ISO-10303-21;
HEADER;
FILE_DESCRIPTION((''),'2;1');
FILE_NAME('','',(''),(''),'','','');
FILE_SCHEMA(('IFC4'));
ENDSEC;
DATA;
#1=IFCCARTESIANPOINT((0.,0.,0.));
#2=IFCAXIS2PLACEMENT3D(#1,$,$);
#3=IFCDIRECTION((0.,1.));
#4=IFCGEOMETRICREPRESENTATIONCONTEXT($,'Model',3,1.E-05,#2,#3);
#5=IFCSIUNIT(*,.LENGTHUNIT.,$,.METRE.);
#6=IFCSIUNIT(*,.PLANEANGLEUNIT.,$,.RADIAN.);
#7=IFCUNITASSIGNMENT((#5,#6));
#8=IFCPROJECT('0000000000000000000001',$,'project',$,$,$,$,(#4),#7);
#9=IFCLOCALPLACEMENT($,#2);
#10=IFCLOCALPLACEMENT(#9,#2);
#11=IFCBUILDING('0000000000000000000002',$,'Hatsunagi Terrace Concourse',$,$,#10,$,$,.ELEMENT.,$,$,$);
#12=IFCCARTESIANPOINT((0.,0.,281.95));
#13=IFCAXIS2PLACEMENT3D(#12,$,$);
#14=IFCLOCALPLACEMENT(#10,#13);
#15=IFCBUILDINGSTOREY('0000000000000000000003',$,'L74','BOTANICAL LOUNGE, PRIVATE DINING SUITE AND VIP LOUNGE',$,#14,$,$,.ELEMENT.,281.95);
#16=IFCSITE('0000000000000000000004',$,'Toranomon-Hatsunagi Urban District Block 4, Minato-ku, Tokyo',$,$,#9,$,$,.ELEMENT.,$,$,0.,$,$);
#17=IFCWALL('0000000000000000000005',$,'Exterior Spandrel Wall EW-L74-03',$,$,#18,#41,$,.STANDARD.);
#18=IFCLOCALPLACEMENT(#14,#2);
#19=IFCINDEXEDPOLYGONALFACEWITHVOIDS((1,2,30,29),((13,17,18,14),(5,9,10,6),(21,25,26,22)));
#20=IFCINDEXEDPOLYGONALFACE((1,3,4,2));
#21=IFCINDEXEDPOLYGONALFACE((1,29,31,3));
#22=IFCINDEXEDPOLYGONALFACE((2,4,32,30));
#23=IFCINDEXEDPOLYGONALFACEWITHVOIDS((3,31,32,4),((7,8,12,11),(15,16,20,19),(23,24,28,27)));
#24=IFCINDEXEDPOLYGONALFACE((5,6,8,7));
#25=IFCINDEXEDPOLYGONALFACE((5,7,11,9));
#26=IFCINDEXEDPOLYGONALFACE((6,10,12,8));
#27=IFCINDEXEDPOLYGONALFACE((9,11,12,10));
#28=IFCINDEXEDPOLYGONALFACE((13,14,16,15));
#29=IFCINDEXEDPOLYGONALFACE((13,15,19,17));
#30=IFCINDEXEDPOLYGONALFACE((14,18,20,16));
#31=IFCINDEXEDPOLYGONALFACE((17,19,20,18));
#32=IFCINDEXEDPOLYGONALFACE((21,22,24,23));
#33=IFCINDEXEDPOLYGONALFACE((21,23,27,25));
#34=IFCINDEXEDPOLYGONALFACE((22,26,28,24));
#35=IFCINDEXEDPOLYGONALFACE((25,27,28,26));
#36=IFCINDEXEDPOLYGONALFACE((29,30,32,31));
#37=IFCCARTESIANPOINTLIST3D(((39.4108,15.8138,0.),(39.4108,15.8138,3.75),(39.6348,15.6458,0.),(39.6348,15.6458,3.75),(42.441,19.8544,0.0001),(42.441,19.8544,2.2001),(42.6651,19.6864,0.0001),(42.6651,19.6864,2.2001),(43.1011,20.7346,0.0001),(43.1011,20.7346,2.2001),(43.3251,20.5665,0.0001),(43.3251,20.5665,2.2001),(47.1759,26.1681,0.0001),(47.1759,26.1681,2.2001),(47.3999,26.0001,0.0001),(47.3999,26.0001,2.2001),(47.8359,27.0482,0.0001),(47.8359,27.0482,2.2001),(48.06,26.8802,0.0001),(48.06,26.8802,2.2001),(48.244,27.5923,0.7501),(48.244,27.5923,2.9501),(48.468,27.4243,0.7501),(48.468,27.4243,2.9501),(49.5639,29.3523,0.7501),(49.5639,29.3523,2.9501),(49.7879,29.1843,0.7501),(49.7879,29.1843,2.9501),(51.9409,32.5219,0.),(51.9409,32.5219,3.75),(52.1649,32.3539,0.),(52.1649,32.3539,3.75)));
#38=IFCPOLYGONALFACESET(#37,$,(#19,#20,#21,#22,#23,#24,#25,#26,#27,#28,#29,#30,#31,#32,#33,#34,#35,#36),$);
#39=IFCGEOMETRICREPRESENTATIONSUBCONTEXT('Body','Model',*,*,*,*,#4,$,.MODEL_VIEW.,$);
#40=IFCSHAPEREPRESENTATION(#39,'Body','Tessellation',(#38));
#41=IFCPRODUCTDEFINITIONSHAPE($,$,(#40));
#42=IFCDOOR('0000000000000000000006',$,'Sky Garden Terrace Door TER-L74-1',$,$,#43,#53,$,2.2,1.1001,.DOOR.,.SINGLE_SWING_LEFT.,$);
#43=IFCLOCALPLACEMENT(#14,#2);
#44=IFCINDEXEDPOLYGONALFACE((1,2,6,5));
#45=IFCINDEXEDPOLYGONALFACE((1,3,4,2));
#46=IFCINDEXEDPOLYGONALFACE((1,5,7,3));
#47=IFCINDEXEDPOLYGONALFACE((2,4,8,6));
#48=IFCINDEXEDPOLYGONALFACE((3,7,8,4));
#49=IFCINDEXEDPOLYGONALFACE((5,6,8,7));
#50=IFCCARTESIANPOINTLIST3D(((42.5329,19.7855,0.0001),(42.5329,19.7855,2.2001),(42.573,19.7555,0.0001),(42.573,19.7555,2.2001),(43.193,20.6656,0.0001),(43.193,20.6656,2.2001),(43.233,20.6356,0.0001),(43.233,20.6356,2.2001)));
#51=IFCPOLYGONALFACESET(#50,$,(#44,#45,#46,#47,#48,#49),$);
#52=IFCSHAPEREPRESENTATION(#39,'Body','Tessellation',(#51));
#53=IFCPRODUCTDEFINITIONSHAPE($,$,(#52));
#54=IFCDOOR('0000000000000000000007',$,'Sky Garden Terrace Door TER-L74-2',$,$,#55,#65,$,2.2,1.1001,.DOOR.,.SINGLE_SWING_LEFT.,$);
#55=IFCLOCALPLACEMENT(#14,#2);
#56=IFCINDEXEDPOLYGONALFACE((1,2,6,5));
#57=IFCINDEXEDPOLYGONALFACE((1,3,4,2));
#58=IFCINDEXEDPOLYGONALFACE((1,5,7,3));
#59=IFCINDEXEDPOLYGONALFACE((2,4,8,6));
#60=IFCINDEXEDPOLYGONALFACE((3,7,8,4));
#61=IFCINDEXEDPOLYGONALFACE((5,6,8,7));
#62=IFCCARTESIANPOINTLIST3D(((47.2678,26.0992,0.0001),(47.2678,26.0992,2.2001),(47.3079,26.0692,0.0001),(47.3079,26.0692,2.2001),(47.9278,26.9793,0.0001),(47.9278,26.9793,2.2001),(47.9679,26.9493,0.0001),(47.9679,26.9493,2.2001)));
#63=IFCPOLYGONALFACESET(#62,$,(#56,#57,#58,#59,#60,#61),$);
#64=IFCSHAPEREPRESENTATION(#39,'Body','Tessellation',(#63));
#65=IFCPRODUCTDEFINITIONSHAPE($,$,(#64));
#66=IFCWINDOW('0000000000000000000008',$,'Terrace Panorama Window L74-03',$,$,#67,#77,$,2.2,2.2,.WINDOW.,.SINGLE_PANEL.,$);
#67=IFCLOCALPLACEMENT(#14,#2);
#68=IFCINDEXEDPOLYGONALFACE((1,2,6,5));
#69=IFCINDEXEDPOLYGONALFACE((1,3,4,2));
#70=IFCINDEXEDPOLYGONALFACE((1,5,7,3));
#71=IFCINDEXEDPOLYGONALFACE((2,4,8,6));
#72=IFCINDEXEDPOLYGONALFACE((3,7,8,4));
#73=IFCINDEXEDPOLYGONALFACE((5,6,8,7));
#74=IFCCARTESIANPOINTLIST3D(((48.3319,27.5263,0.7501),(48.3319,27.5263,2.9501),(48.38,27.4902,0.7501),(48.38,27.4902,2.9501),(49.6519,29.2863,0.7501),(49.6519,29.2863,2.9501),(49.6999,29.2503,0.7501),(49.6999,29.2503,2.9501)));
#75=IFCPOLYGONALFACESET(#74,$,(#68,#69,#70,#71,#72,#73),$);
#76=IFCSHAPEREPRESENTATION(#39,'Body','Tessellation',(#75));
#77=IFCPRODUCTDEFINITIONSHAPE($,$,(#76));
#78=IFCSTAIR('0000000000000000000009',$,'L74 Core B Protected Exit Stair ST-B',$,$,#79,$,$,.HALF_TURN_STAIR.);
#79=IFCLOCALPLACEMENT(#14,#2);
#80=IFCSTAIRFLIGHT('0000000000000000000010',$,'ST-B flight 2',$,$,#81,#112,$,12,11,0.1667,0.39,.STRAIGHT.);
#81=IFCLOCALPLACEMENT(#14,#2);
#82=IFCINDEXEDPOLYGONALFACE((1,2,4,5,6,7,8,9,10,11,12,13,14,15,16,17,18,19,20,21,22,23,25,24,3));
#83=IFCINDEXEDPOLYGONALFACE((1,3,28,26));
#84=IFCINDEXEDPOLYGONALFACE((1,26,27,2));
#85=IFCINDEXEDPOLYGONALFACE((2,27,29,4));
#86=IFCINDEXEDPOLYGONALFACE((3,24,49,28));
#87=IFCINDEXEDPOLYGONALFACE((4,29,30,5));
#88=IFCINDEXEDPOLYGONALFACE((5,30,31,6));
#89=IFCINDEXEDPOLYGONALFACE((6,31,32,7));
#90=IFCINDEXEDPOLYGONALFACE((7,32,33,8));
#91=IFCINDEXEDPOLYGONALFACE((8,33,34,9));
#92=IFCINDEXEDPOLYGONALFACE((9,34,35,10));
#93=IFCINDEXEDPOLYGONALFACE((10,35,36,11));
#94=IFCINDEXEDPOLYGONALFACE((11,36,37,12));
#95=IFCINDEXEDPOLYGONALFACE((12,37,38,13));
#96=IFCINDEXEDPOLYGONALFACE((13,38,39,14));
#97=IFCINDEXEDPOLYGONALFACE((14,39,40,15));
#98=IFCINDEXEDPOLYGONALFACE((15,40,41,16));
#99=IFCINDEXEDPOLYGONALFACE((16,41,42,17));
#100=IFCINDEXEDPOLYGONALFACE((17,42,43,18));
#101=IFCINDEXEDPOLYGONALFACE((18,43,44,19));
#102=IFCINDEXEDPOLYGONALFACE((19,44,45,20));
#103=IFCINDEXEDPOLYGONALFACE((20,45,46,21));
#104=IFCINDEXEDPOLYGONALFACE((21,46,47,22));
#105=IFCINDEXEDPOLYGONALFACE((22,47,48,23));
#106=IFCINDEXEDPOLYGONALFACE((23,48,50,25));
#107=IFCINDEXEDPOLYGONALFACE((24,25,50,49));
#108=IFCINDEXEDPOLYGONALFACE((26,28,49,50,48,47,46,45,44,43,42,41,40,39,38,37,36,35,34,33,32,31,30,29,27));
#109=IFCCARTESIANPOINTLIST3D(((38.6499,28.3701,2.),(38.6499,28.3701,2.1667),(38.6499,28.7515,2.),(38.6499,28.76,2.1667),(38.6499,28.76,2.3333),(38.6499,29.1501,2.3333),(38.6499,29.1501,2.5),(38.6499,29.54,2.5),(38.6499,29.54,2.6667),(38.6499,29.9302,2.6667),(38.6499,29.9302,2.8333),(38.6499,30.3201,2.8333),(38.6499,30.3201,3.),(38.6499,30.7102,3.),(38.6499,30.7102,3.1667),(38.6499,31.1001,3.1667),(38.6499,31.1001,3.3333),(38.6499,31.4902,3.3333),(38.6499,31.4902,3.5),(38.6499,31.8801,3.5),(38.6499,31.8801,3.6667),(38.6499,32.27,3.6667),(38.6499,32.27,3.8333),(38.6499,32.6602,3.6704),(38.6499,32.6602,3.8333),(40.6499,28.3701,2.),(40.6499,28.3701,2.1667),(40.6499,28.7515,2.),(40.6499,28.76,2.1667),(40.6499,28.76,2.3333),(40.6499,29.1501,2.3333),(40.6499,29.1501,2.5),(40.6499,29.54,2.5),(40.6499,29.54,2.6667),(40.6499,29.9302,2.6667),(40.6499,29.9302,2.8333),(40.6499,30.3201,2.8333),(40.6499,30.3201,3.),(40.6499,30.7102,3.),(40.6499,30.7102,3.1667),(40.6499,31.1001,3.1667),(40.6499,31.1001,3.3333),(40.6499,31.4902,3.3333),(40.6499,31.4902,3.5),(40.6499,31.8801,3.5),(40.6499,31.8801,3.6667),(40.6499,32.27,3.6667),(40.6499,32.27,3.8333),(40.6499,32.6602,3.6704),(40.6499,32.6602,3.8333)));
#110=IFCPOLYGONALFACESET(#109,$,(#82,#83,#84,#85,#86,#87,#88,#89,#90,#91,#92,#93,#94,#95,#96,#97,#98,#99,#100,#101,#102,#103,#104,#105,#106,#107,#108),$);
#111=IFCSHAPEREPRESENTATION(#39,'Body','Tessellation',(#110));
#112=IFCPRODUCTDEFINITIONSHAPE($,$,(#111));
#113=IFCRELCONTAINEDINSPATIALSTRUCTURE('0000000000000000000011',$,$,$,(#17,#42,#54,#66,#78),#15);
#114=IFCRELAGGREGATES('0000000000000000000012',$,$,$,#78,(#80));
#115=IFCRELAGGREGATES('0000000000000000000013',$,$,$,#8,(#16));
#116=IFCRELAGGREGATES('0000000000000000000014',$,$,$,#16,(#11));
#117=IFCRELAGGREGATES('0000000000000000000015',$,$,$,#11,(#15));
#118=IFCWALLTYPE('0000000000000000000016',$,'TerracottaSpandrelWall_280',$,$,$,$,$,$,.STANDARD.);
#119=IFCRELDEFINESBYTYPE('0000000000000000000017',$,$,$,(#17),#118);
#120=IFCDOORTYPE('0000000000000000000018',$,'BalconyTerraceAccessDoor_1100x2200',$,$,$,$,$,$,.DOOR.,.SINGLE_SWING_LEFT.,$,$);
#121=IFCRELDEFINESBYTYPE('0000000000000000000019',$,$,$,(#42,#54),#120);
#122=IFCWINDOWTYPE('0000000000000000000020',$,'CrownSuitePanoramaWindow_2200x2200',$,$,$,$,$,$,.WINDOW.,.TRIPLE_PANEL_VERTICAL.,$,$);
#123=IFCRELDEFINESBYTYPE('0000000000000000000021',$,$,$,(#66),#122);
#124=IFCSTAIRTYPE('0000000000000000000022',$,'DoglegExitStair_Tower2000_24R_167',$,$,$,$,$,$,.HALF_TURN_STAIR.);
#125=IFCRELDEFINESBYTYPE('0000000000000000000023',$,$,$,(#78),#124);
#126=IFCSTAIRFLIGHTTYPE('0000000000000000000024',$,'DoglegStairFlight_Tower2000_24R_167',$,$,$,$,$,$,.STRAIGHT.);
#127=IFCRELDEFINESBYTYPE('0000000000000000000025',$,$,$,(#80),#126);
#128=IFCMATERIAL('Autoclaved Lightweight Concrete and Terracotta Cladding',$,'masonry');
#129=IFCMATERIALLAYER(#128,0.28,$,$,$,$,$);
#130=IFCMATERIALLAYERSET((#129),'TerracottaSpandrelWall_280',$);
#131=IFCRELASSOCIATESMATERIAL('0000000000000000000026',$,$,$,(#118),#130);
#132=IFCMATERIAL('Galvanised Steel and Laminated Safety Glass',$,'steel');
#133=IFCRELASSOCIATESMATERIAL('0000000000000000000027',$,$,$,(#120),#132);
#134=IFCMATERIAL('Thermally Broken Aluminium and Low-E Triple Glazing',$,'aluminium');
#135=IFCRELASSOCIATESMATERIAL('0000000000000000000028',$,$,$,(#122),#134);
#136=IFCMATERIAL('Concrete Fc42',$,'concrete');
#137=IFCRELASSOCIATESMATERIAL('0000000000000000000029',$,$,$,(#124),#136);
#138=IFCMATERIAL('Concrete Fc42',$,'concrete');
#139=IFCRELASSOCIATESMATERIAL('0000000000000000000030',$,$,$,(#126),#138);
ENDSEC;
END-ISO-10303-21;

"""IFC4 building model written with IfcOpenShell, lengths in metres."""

from ifc_helpers import new_model, si_unit, direction, frame, frame_2d, origin, place, context, subcontext, project, spatial, polyline, rectangle, outline, extrude, material, layer, layer_set, type_object, element, fill, aggregate, save


model = new_model("IFC4")

# Units and contexts
model_context = context("Model", 3, precision=1e-05, world=origin(), true_north=direction((0.0, 1.0)))
body_context = subcontext(model_context, "Body", "Model", "MODEL_VIEW")
ifc_project = project(units=[si_unit("LENGTHUNIT", "METRE"), si_unit("PLANEANGLEUNIT", "RADIAN")], contexts=[model_context])

# Site, building, storey
site_placement = place(None, origin())
site = spatial("IfcSite", under=ifc_project, at=site_placement, Name="Toranomon-Hatsunagi Urban District Block 4, Minato-ku, Tokyo", CompositionType="ELEMENT", RefElevation=0.0)
building_placement = place(site_placement, origin())
building = spatial("IfcBuilding", under=site, at=building_placement, Name="Hatsunagi Terrace Concourse", CompositionType="ELEMENT")
storey_placement = place(building_placement, frame((0.0, 0.0, 281.95)))
storey = spatial("IfcBuildingStorey", under=building, at=storey_placement, Name="L74", Description="BOTANICAL LOUNGE, PRIVATE DINING SUITE AND VIP LOUNGE", CompositionType="ELEMENT", Elevation=281.95)

# Wall, openings, doors, window
ifc_material_1 = material(Name="Autoclaved Lightweight Concrete and Terracotta Cladding", Category="masonry")
ifc_layer_1 = layer(ifc_material_1, 0.28)
ifc_layer_set_1 = layer_set([ifc_layer_1], Name="TerracottaSpandrelWall_280")
wall_type_1 = type_object("IfcWallType", Name="TerracottaSpandrelWall_280", PredefinedType="STANDARD", material=ifc_layer_set_1)
wall_1_placement = place(storey_placement, frame((52.053, 32.438, 0.0), z_axis=(0.0, 0.0, 1.0), x_axis=(-0.59997, -0.800022, 0.0)))
wall_1 = element("IfcWall", 1, at=wall_1_placement, inside=storey, type_object=wall_type_1, Name="Exterior Spandrel Wall EW-L74-03", PredefinedType="STANDARD", context=body_context, shape_type="SweptSolid", body=[
    extrude(rectangle(XDim=20.8845, YDim=0.28, at=frame_2d((10.4424, 0.0))), origin(), (0.0, 0.0, 1.0), 3.75),
])
opening_1_placement = place(wall_1_placement, frame((14.7339, 0.0, 0.0)))
opening_1 = element("IfcOpeningElement", 2, at=opening_1_placement, cuts=wall_1, PredefinedType="OPENING", context=body_context, shape_type="SweptSolid", body=[
    extrude(rectangle(XDim=1.1001, YDim=2.2, at=frame_2d((0.55, 1.1001))), frame((0.0, 0.1499, 0.0), z_axis=(0.0, -1.0, 0.0), x_axis=(1.0, 0.0, 0.0)), (0.0, 0.0, 1.0), 0.3),
])
opening_2_placement = place(wall_1_placement, frame((6.842, 0.0, 0.0)))
opening_2 = element("IfcOpeningElement", 3, at=opening_2_placement, cuts=wall_1, PredefinedType="OPENING", context=body_context, shape_type="SweptSolid", body=[
    extrude(rectangle(XDim=1.1001, YDim=2.2, at=frame_2d((0.55, 1.1001))), frame((0.0, 0.1499, 0.0), z_axis=(0.0, -1.0, 0.0), x_axis=(1.0, 0.0, 0.0)), (0.0, 0.0, 1.0), 0.3),
])
opening_3_placement = place(wall_1_placement, frame((3.9619, 0.0, 0.75)))
opening_3 = element("IfcOpeningElement", 4, at=opening_3_placement, cuts=wall_1, PredefinedType="OPENING", context=body_context, shape_type="SweptSolid", body=[
    extrude(rectangle(XDim=2.2, YDim=2.2, at=frame_2d((1.1001, 1.1001))), frame((0.0, 0.1499, 0.0), z_axis=(0.0, -1.0, 0.0), x_axis=(1.0, 0.0, 0.0)), (0.0, 0.0, 1.0), 0.3),
])
ifc_material_2 = material(Name="Galvanised Steel and Laminated Safety Glass", Category="steel")
door_type_1 = type_object("IfcDoorType", Name="BalconyTerraceAccessDoor_1100x2200", OperationType="SINGLE_SWING_LEFT", PredefinedType="DOOR", material=ifc_material_2)
door_1_placement = place(opening_1_placement, origin())
door_1 = element("IfcDoor", 5, at=door_1_placement, inside=storey, type_object=door_type_1, Name="Sky Garden Terrace Door TER-L74-1", OperationType="SINGLE_SWING_LEFT", OverallHeight=2.2, OverallWidth=1.1001, PredefinedType="DOOR", context=body_context, shape_type="SweptSolid", body=[
    extrude(rectangle(XDim=1.1001, YDim=2.2, at=frame_2d((0.55, 1.1001))), frame((0.0, 0.0249, 0.0), z_axis=(0.0, -1.0, 0.0), x_axis=(1.0, 0.0, 0.0)), (0.0, 0.0, 1.0), 0.05),
])
fill(opening_1, door_1)
door_2_placement = place(opening_2_placement, origin())
door_2 = element("IfcDoor", 6, at=door_2_placement, inside=storey, type_object=door_type_1, Name="Sky Garden Terrace Door TER-L74-2", OperationType="SINGLE_SWING_LEFT", OverallHeight=2.2, OverallWidth=1.1001, PredefinedType="DOOR", context=body_context, shape_type="SweptSolid", body=[
    extrude(rectangle(XDim=1.1001, YDim=2.2, at=frame_2d((0.55, 1.1001))), frame((0.0, 0.0249, 0.0), z_axis=(0.0, -1.0, 0.0), x_axis=(1.0, 0.0, 0.0)), (0.0, 0.0, 1.0), 0.05),
])
fill(opening_2, door_2)
ifc_material_3 = material(Name="Thermally Broken Aluminium and Low-E Triple Glazing", Category="aluminium")
window_type = type_object("IfcWindowType", Name="CrownSuitePanoramaWindow_2200x2200", PartitioningType="TRIPLE_PANEL_VERTICAL", PredefinedType="WINDOW", material=ifc_material_3)
window_placement = place(opening_3_placement, origin())
window = element("IfcWindow", 7, at=window_placement, inside=storey, type_object=window_type, Name="Terrace Panorama Window L74-03", OverallHeight=2.2, OverallWidth=2.2, PartitioningType="SINGLE_PANEL", PredefinedType="WINDOW", context=body_context, shape_type="SweptSolid", body=[
    extrude(rectangle(XDim=2.2, YDim=2.2, at=frame_2d((1.1001, 1.1001))), frame((0.0, 0.03, 0.0), z_axis=(0.0, -1.0, 0.0), x_axis=(1.0, 0.0, 0.0)), (0.0, 0.0, 1.0), 0.0601),
])
fill(opening_3, window)

# Stair, stair flight
ifc_material_4 = material(Name="Concrete Fc42", Category="concrete")
stair_type = type_object("IfcStairType", Name="DoglegExitStair_Tower2000_24R_167", PredefinedType="HALF_TURN_STAIR", material=ifc_material_4)
stair_placement = place(storey_placement, origin())
stair = element("IfcStair", 8, at=stair_placement, inside=storey, type_object=stair_type, Name="L74 Core B Protected Exit Stair ST-B", PredefinedType="HALF_TURN_STAIR")
ifc_material_5 = material(Name="Concrete Fc42", Category="concrete")
stair_flight_type = type_object("IfcStairFlightType", Name="DoglegStairFlight_Tower2000_24R_167", PredefinedType="STRAIGHT", material=ifc_material_5)
stair_flight_placement = place(storey_placement, frame((39.6499, 28.3701, 2.0), z_axis=(0.0, 0.0, 1.0), x_axis=(0.0, 1.0, 0.0)))
stair_flight = element("IfcStairFlight", 9, at=stair_flight_placement, type_object=stair_flight_type, Name="ST-B flight 2", NumberOfRisers=12, NumberOfTreads=11, PredefinedType="STRAIGHT", RiserHeight=0.1667, TreadLength=0.39, context=body_context, shape_type="SweptSolid", body=[
    extrude(outline(polyline([(0.0, 0.0), (0.0, 0.1667), (0.3899, 0.1667), (0.3899, 0.3333), (0.78, 0.3333), (0.78, 0.5), (1.1699, 0.5), (1.1699, 0.6667), (1.5601, 0.6667), (1.5601, 0.8333), (1.95, 0.8333), (1.95, 1.0), (2.3401, 1.0), (2.3401, 1.1667), (2.73, 1.1667), (2.73, 1.3333), (3.1201, 1.3333), (3.1201, 1.5), (3.51, 1.5), (3.51, 1.6667), (3.8999, 1.6667), (3.8999, 1.8333), (4.29, 1.8333), (4.29, 2.0), (4.29, 1.6704), (0.3813, 0.0), (0.0, 0.0)])), frame((0.0, 1.0, 0.0), z_axis=(0.0, -1.0, 0.0), x_axis=(1.0, 0.0, 0.0)), (0.0, 0.0, 1.0), 2.0),
])
aggregate(stair, [stair_flight])

save(model, "model.ifc")
